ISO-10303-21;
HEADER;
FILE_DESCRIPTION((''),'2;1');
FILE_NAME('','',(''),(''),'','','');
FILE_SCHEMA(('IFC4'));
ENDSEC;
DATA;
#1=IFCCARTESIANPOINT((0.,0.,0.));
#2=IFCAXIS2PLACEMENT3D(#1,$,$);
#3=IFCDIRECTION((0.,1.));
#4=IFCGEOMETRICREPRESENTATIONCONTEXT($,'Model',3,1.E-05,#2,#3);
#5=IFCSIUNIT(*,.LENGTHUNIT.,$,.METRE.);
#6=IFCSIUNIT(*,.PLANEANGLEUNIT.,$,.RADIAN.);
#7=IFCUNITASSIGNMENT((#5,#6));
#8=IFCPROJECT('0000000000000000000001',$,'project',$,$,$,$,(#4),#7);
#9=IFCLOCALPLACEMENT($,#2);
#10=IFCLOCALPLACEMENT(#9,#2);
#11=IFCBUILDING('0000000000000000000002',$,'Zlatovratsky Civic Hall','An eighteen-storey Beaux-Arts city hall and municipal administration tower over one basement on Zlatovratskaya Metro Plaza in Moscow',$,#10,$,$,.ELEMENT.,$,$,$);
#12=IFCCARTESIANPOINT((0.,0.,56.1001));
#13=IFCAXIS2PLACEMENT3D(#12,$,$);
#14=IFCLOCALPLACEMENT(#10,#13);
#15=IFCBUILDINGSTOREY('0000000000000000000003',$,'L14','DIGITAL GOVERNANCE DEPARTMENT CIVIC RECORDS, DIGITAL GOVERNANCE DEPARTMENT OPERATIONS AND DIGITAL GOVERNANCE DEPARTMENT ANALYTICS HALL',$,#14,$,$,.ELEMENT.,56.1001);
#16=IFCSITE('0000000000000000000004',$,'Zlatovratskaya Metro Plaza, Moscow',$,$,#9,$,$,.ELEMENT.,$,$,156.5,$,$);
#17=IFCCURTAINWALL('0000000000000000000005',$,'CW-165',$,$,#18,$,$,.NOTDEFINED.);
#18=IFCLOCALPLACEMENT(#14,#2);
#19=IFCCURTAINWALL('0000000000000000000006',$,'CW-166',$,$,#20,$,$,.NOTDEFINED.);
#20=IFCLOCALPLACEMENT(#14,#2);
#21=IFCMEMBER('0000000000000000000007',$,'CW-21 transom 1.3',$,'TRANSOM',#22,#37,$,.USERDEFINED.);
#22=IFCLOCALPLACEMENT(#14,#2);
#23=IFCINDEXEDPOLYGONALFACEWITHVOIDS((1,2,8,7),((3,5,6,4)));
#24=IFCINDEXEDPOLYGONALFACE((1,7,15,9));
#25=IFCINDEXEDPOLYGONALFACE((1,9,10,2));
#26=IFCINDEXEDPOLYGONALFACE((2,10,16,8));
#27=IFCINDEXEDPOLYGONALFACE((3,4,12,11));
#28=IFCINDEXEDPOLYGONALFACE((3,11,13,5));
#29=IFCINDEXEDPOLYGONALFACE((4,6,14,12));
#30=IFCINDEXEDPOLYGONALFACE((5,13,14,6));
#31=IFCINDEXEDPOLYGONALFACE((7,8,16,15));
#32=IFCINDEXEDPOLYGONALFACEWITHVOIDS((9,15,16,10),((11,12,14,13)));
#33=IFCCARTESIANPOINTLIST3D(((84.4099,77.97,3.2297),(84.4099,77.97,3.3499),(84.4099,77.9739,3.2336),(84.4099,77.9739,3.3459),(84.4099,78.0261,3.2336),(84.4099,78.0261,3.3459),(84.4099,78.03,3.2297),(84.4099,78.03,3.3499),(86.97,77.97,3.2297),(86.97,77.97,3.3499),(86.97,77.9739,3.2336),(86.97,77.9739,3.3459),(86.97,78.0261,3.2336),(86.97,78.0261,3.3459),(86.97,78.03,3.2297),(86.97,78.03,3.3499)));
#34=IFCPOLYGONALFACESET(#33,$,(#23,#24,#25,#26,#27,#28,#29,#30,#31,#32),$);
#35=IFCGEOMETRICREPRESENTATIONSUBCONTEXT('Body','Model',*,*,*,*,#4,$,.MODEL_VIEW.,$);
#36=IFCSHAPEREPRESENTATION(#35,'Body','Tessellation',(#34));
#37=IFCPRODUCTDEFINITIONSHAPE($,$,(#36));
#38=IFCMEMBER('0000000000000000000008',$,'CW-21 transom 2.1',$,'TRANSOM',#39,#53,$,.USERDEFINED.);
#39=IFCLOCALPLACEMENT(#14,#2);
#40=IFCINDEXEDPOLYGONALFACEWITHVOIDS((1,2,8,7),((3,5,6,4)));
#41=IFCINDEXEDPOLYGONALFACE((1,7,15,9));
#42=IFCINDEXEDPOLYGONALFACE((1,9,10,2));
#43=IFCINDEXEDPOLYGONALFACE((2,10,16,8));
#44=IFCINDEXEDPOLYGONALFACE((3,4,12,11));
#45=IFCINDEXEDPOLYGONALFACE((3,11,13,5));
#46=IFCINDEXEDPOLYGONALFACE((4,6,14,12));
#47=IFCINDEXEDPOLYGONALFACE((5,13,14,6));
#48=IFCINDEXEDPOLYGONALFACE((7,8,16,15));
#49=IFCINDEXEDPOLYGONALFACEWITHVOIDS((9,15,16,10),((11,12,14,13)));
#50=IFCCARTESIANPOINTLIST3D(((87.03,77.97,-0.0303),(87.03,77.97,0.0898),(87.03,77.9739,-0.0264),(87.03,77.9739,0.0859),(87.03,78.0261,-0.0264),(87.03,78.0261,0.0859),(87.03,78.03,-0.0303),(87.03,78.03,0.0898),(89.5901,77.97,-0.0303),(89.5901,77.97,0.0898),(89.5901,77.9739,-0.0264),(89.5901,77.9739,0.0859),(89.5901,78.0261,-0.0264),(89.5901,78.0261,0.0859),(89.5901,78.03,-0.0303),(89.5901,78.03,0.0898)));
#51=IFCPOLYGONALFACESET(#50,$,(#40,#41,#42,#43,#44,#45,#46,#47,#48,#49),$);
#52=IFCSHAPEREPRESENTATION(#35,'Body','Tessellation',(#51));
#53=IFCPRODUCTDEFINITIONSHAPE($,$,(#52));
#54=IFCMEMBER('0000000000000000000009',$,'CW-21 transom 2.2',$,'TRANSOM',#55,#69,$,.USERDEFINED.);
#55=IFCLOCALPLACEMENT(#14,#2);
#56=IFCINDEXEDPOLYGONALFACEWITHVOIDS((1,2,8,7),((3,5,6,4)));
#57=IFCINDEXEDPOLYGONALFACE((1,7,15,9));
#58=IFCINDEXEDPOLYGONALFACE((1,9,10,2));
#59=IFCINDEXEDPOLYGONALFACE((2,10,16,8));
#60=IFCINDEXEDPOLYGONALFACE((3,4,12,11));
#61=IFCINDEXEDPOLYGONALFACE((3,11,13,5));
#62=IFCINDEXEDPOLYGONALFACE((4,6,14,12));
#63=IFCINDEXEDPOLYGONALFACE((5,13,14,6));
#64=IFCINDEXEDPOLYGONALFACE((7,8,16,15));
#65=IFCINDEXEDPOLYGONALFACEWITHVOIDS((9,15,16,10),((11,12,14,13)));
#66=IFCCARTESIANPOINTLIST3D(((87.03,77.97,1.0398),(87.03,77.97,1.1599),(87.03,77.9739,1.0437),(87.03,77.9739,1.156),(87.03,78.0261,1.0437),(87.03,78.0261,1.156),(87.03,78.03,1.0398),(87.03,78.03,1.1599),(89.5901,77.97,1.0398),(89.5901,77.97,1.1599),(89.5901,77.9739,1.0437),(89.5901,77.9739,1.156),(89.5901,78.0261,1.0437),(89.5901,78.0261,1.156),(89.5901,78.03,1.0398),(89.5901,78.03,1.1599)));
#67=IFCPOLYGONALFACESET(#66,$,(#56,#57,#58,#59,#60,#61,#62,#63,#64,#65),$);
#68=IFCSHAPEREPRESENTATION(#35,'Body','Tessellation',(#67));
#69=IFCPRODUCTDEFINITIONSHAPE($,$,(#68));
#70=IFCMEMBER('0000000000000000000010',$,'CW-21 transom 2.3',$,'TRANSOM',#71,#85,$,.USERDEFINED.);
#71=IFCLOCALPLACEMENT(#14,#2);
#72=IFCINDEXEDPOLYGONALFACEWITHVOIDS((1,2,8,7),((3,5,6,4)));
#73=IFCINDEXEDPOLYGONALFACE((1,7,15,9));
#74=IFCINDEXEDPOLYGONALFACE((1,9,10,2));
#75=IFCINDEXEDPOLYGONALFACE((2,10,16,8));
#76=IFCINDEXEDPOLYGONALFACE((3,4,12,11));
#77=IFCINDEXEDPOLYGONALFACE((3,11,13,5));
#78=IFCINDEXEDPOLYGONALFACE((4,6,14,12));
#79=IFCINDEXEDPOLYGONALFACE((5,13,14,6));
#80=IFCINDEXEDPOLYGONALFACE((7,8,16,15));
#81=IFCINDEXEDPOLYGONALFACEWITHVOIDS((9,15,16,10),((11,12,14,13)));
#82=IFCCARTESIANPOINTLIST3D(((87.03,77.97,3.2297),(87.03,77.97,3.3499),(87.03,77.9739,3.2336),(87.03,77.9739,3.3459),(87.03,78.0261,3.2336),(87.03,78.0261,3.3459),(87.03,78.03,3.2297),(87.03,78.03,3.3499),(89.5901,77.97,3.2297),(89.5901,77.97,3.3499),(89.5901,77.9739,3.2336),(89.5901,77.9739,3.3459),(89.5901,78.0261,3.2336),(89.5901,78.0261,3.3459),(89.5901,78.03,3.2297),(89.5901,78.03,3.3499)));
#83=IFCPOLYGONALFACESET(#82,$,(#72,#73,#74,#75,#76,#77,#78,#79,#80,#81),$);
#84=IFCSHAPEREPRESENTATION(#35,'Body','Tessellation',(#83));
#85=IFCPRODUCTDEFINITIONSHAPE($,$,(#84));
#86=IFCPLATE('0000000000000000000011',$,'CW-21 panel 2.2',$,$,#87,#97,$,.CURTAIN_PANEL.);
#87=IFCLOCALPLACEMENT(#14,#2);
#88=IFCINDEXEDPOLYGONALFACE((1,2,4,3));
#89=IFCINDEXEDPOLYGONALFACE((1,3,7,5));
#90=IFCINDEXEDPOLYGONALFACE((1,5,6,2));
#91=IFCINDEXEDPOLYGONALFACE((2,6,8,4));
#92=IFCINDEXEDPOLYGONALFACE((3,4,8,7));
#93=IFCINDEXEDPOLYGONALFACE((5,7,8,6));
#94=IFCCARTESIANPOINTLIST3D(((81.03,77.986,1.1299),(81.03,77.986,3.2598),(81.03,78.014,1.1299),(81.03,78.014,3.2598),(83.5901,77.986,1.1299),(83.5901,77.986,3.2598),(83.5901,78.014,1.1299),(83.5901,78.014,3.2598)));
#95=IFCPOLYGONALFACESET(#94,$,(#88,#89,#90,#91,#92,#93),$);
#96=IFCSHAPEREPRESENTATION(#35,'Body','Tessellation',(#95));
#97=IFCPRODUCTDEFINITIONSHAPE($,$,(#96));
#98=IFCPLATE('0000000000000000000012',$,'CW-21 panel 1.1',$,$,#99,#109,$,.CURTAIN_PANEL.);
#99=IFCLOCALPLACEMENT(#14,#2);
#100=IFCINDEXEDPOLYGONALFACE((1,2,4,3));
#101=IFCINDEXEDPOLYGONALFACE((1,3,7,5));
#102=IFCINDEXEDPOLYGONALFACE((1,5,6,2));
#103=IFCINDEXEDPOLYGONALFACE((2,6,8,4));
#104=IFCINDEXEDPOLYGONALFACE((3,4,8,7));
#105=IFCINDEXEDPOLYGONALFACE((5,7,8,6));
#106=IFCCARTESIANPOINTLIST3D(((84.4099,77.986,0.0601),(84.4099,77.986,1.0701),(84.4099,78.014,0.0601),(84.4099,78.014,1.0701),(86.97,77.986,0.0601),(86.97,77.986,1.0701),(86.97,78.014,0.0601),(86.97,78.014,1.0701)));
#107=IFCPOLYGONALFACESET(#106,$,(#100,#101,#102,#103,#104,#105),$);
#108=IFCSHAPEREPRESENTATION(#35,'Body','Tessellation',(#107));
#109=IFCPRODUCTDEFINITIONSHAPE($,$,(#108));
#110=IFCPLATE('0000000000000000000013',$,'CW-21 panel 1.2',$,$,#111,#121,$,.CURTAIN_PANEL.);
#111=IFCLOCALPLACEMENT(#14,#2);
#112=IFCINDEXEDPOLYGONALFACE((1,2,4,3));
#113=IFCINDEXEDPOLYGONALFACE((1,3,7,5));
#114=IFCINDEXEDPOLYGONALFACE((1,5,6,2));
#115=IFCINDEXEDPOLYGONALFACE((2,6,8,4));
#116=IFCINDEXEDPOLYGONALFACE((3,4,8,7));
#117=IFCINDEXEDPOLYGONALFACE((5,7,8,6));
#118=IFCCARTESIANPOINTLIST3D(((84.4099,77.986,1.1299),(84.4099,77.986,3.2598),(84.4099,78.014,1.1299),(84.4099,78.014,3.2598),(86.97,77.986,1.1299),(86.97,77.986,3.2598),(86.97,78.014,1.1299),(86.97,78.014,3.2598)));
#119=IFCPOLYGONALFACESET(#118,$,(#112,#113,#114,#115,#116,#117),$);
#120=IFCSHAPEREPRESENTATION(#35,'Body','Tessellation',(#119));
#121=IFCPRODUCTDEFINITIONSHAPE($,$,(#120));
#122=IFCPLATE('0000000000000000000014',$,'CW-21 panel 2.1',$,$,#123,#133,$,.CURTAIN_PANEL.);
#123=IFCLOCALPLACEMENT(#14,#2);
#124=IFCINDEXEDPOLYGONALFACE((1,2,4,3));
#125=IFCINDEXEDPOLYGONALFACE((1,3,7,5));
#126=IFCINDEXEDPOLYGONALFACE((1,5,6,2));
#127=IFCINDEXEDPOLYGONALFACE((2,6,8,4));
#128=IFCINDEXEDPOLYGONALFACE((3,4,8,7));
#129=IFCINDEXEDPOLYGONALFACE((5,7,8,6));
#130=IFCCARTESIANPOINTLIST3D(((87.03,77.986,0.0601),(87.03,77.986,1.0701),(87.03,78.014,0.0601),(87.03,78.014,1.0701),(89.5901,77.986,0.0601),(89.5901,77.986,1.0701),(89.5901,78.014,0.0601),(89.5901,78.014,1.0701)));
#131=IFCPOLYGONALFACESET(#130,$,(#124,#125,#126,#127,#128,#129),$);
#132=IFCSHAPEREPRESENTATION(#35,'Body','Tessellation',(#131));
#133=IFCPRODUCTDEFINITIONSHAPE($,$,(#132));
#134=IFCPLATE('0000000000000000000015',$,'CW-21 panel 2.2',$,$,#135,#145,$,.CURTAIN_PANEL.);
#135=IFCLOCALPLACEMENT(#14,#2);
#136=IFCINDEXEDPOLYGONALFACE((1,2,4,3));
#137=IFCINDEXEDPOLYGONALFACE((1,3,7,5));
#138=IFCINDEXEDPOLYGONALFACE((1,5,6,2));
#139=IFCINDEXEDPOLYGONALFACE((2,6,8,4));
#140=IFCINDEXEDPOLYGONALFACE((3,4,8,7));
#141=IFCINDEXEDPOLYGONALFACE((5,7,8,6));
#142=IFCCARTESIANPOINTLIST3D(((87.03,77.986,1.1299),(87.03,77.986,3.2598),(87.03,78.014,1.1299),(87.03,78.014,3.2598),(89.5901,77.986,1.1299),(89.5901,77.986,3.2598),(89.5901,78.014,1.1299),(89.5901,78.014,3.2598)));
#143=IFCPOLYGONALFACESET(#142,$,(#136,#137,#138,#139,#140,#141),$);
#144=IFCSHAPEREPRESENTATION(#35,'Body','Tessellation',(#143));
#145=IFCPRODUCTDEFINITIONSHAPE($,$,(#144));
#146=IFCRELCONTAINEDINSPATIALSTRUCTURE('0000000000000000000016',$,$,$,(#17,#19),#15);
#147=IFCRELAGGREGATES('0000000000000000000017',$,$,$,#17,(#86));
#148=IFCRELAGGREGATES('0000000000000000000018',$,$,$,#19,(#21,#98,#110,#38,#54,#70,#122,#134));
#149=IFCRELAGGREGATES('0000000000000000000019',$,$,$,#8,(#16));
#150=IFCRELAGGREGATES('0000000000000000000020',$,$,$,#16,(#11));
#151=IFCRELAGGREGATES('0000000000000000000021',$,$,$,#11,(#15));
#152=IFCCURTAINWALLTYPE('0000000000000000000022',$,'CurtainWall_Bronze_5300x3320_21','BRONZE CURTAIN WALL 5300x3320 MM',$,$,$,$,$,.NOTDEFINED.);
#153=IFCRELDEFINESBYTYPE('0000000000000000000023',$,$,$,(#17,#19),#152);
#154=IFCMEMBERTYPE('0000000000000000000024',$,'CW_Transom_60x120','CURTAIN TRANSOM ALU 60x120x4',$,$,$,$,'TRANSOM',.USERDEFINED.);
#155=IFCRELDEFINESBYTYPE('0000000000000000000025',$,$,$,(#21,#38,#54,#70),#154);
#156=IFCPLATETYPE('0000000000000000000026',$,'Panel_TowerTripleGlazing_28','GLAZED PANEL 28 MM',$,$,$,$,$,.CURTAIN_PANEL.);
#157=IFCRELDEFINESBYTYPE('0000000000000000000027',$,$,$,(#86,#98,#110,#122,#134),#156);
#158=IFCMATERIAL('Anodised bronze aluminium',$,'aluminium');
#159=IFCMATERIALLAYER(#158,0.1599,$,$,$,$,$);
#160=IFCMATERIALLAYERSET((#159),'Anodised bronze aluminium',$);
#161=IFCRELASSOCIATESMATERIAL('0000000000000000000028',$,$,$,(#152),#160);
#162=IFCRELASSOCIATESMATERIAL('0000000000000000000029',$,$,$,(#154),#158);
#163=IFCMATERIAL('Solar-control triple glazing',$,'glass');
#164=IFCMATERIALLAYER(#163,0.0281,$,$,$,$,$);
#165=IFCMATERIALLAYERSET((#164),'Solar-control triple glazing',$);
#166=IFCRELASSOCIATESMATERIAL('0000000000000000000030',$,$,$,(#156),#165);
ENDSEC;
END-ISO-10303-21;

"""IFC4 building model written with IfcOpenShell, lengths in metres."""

from ifc_helpers import new_model, si_unit, direction, frame, origin, origin_2d, place, context, subcontext, project, spatial, rectangle, hollow_rectangle, extrude, material, layer, layer_set, material_profile, profile_set, type_object, element, aggregate, save


model = new_model("IFC4")

# Units and contexts
model_context = context("Model", 3, precision=1e-05, world=origin(), true_north=direction((0.0, 1.0)))
body_context = subcontext(model_context, "Body", "Model", "MODEL_VIEW")
ifc_project = project(units=[si_unit("LENGTHUNIT", "METRE"), si_unit("PLANEANGLEUNIT", "RADIAN")], contexts=[model_context])

# Site, building, storey
site_placement = place(None, origin())
site = spatial("IfcSite", under=ifc_project, at=site_placement, Name="Zlatovratskaya Metro Plaza, Moscow", CompositionType="ELEMENT", RefElevation=156.5)
building_placement = place(site_placement, origin())
building = spatial("IfcBuilding", under=site, at=building_placement, Name="Zlatovratsky Civic Hall", Description="An eighteen-storey Beaux-Arts city hall and municipal administration tower over one basement on Zlatovratskaya Metro Plaza in Moscow", CompositionType="ELEMENT")
storey_placement = place(building_placement, frame((0.0, 0.0, 56.1001)))
storey = spatial("IfcBuildingStorey", under=building, at=storey_placement, Name="L14", Description="DIGITAL GOVERNANCE DEPARTMENT CIVIC RECORDS, DIGITAL GOVERNANCE DEPARTMENT OPERATIONS AND DIGITAL GOVERNANCE DEPARTMENT ANALYTICS HALL", CompositionType="ELEMENT", Elevation=56.1001)

# Curtain wall
ifc_material_1 = material(Name="Anodised bronze aluminium", Category="aluminium")
ifc_layer_1 = layer(ifc_material_1, 0.1599)
ifc_layer_set_1 = layer_set([ifc_layer_1], Name="Anodised bronze aluminium")
curtain_wall_type = type_object("IfcCurtainWallType", Name="CurtainWall_Bronze_5300x3320_21", Description="BRONZE CURTAIN WALL 5300x3320 MM", PredefinedType="NOTDEFINED", material=ifc_layer_set_1)
curtain_wall_1_placement = place(storey_placement, origin())
curtain_wall_1 = element("IfcCurtainWall", 1, at=curtain_wall_1_placement, inside=storey, type_object=curtain_wall_type, Name="CW-165", PredefinedType="NOTDEFINED")

# Curtain wall, members
curtain_wall_2_placement = place(storey_placement, origin())
curtain_wall_2 = element("IfcCurtainWall", 2, at=curtain_wall_2_placement, inside=storey, type_object=curtain_wall_type, Name="CW-166", PredefinedType="NOTDEFINED")
ifc_material_profile_1 = material_profile(ifc_material_1, hollow_rectangle(XDim=0.0601, YDim=0.1201, WallThickness=0.0039, at=origin_2d()), Name="ALU 60x120x4")
ifc_profile_set_1 = profile_set([ifc_material_profile_1], Name="Anodised bronze aluminium")
member_type_1 = type_object("IfcMemberType", Name="CW_Transom_60x120", Description="CURTAIN TRANSOM ALU 60x120x4", ElementType="TRANSOM", PredefinedType="USERDEFINED", material=ifc_profile_set_1)
member_1_placement = place(storey_placement, frame((84.4099, 78.0, 3.2898), z_axis=(1.0, 0.0, 0.0), x_axis=(0.0, 1.0, 0.0)))
member_1 = element("IfcMember", 3, at=member_1_placement, type_object=member_type_1, Name="CW-21 transom 1.3", ObjectType="TRANSOM", PredefinedType="USERDEFINED", context=body_context, shape_type="SweptSolid", body=[
    extrude(hollow_rectangle(XDim=0.0601, YDim=0.1201, WallThickness=0.0039, at=origin_2d()), origin(), (0.0, 0.0, 1.0), 2.5601),
])
member_2_placement = place(storey_placement, frame((87.03, 78.0, 0.0298), z_axis=(1.0, 0.0, 0.0), x_axis=(0.0, 1.0, 0.0)))
member_2 = element("IfcMember", 4, at=member_2_placement, type_object=member_type_1, Name="CW-21 transom 2.1", ObjectType="TRANSOM", PredefinedType="USERDEFINED", context=body_context, shape_type="SweptSolid", body=[
    extrude(hollow_rectangle(XDim=0.0601, YDim=0.1201, WallThickness=0.0039, at=origin_2d()), origin(), (0.0, 0.0, 1.0), 2.5601),
])
member_3_placement = place(storey_placement, frame((87.03, 78.0, 1.0999), z_axis=(1.0, 0.0, 0.0), x_axis=(0.0, 1.0, 0.0)))
member_3 = element("IfcMember", 5, at=member_3_placement, type_object=member_type_1, Name="CW-21 transom 2.2", ObjectType="TRANSOM", PredefinedType="USERDEFINED", context=body_context, shape_type="SweptSolid", body=[
    extrude(hollow_rectangle(XDim=0.0601, YDim=0.1201, WallThickness=0.0039, at=origin_2d()), origin(), (0.0, 0.0, 1.0), 2.5601),
])
member_4_placement = place(storey_placement, frame((87.03, 78.0, 3.2898), z_axis=(1.0, 0.0, 0.0), x_axis=(0.0, 1.0, 0.0)))
member_4 = element("IfcMember", 6, at=member_4_placement, type_object=member_type_1, Name="CW-21 transom 2.3", ObjectType="TRANSOM", PredefinedType="USERDEFINED", context=body_context, shape_type="SweptSolid", body=[
    extrude(hollow_rectangle(XDim=0.0601, YDim=0.1201, WallThickness=0.0039, at=origin_2d()), origin(), (0.0, 0.0, 1.0), 2.5601),
])

# Plates
ifc_material_2 = material(Name="Solar-control triple glazing", Category="glass")
ifc_layer_2 = layer(ifc_material_2, 0.0281)
ifc_layer_set_2 = layer_set([ifc_layer_2], Name="Solar-control triple glazing")
plate_type = type_object("IfcPlateType", Name="Panel_TowerTripleGlazing_28", Description="GLAZED PANEL 28 MM", PredefinedType="CURTAIN_PANEL", material=ifc_layer_set_2)
plate_1_placement = place(storey_placement, frame((82.3101, 78.0, 1.1299), z_axis=(0.0, 0.0, 1.0), x_axis=(1.0, 0.0, 0.0)))
plate_1 = element("IfcPlate", 7, at=plate_1_placement, type_object=plate_type, Name="CW-21 panel 2.2", PredefinedType="CURTAIN_PANEL", context=body_context, shape_type="SweptSolid", body=[
    extrude(rectangle(XDim=2.5601, YDim=0.0281, at=origin_2d()), origin(), (0.0, 0.0, 1.0), 2.1299),
])
aggregate(curtain_wall_1, [plate_1])
plate_2_placement = place(storey_placement, frame((85.6899, 78.0, 0.0601), z_axis=(0.0, 0.0, 1.0), x_axis=(1.0, 0.0, 0.0)))
plate_2 = element("IfcPlate", 8, at=plate_2_placement, type_object=plate_type, Name="CW-21 panel 1.1", PredefinedType="CURTAIN_PANEL", context=body_context, shape_type="SweptSolid", body=[
    extrude(rectangle(XDim=2.5601, YDim=0.0281, at=origin_2d()), origin(), (0.0, 0.0, 1.0), 1.01),
])
plate_3_placement = place(storey_placement, frame((85.6899, 78.0, 1.1299), z_axis=(0.0, 0.0, 1.0), x_axis=(1.0, 0.0, 0.0)))
plate_3 = element("IfcPlate", 9, at=plate_3_placement, type_object=plate_type, Name="CW-21 panel 1.2", PredefinedType="CURTAIN_PANEL", context=body_context, shape_type="SweptSolid", body=[
    extrude(rectangle(XDim=2.5601, YDim=0.0281, at=origin_2d()), origin(), (0.0, 0.0, 1.0), 2.1299),
])
plate_4_placement = place(storey_placement, frame((88.3101, 78.0, 0.0601), z_axis=(0.0, 0.0, 1.0), x_axis=(1.0, 0.0, 0.0)))
plate_4 = element("IfcPlate", 10, at=plate_4_placement, type_object=plate_type, Name="CW-21 panel 2.1", PredefinedType="CURTAIN_PANEL", context=body_context, shape_type="SweptSolid", body=[
    extrude(rectangle(XDim=2.5601, YDim=0.0281, at=origin_2d()), origin(), (0.0, 0.0, 1.0), 1.01),
])
plate_5_placement = place(storey_placement, frame((88.3101, 78.0, 1.1299), z_axis=(0.0, 0.0, 1.0), x_axis=(1.0, 0.0, 0.0)))
plate_5 = element("IfcPlate", 11, at=plate_5_placement, type_object=plate_type, Name="CW-21 panel 2.2", PredefinedType="CURTAIN_PANEL", context=body_context, shape_type="SweptSolid", body=[
    extrude(rectangle(XDim=2.5601, YDim=0.0281, at=origin_2d()), origin(), (0.0, 0.0, 1.0), 2.1299),
])
aggregate(curtain_wall_2, [member_1, plate_2, plate_3, member_2, member_3, member_4, plate_4, plate_5])

save(model, "model.ifc")
